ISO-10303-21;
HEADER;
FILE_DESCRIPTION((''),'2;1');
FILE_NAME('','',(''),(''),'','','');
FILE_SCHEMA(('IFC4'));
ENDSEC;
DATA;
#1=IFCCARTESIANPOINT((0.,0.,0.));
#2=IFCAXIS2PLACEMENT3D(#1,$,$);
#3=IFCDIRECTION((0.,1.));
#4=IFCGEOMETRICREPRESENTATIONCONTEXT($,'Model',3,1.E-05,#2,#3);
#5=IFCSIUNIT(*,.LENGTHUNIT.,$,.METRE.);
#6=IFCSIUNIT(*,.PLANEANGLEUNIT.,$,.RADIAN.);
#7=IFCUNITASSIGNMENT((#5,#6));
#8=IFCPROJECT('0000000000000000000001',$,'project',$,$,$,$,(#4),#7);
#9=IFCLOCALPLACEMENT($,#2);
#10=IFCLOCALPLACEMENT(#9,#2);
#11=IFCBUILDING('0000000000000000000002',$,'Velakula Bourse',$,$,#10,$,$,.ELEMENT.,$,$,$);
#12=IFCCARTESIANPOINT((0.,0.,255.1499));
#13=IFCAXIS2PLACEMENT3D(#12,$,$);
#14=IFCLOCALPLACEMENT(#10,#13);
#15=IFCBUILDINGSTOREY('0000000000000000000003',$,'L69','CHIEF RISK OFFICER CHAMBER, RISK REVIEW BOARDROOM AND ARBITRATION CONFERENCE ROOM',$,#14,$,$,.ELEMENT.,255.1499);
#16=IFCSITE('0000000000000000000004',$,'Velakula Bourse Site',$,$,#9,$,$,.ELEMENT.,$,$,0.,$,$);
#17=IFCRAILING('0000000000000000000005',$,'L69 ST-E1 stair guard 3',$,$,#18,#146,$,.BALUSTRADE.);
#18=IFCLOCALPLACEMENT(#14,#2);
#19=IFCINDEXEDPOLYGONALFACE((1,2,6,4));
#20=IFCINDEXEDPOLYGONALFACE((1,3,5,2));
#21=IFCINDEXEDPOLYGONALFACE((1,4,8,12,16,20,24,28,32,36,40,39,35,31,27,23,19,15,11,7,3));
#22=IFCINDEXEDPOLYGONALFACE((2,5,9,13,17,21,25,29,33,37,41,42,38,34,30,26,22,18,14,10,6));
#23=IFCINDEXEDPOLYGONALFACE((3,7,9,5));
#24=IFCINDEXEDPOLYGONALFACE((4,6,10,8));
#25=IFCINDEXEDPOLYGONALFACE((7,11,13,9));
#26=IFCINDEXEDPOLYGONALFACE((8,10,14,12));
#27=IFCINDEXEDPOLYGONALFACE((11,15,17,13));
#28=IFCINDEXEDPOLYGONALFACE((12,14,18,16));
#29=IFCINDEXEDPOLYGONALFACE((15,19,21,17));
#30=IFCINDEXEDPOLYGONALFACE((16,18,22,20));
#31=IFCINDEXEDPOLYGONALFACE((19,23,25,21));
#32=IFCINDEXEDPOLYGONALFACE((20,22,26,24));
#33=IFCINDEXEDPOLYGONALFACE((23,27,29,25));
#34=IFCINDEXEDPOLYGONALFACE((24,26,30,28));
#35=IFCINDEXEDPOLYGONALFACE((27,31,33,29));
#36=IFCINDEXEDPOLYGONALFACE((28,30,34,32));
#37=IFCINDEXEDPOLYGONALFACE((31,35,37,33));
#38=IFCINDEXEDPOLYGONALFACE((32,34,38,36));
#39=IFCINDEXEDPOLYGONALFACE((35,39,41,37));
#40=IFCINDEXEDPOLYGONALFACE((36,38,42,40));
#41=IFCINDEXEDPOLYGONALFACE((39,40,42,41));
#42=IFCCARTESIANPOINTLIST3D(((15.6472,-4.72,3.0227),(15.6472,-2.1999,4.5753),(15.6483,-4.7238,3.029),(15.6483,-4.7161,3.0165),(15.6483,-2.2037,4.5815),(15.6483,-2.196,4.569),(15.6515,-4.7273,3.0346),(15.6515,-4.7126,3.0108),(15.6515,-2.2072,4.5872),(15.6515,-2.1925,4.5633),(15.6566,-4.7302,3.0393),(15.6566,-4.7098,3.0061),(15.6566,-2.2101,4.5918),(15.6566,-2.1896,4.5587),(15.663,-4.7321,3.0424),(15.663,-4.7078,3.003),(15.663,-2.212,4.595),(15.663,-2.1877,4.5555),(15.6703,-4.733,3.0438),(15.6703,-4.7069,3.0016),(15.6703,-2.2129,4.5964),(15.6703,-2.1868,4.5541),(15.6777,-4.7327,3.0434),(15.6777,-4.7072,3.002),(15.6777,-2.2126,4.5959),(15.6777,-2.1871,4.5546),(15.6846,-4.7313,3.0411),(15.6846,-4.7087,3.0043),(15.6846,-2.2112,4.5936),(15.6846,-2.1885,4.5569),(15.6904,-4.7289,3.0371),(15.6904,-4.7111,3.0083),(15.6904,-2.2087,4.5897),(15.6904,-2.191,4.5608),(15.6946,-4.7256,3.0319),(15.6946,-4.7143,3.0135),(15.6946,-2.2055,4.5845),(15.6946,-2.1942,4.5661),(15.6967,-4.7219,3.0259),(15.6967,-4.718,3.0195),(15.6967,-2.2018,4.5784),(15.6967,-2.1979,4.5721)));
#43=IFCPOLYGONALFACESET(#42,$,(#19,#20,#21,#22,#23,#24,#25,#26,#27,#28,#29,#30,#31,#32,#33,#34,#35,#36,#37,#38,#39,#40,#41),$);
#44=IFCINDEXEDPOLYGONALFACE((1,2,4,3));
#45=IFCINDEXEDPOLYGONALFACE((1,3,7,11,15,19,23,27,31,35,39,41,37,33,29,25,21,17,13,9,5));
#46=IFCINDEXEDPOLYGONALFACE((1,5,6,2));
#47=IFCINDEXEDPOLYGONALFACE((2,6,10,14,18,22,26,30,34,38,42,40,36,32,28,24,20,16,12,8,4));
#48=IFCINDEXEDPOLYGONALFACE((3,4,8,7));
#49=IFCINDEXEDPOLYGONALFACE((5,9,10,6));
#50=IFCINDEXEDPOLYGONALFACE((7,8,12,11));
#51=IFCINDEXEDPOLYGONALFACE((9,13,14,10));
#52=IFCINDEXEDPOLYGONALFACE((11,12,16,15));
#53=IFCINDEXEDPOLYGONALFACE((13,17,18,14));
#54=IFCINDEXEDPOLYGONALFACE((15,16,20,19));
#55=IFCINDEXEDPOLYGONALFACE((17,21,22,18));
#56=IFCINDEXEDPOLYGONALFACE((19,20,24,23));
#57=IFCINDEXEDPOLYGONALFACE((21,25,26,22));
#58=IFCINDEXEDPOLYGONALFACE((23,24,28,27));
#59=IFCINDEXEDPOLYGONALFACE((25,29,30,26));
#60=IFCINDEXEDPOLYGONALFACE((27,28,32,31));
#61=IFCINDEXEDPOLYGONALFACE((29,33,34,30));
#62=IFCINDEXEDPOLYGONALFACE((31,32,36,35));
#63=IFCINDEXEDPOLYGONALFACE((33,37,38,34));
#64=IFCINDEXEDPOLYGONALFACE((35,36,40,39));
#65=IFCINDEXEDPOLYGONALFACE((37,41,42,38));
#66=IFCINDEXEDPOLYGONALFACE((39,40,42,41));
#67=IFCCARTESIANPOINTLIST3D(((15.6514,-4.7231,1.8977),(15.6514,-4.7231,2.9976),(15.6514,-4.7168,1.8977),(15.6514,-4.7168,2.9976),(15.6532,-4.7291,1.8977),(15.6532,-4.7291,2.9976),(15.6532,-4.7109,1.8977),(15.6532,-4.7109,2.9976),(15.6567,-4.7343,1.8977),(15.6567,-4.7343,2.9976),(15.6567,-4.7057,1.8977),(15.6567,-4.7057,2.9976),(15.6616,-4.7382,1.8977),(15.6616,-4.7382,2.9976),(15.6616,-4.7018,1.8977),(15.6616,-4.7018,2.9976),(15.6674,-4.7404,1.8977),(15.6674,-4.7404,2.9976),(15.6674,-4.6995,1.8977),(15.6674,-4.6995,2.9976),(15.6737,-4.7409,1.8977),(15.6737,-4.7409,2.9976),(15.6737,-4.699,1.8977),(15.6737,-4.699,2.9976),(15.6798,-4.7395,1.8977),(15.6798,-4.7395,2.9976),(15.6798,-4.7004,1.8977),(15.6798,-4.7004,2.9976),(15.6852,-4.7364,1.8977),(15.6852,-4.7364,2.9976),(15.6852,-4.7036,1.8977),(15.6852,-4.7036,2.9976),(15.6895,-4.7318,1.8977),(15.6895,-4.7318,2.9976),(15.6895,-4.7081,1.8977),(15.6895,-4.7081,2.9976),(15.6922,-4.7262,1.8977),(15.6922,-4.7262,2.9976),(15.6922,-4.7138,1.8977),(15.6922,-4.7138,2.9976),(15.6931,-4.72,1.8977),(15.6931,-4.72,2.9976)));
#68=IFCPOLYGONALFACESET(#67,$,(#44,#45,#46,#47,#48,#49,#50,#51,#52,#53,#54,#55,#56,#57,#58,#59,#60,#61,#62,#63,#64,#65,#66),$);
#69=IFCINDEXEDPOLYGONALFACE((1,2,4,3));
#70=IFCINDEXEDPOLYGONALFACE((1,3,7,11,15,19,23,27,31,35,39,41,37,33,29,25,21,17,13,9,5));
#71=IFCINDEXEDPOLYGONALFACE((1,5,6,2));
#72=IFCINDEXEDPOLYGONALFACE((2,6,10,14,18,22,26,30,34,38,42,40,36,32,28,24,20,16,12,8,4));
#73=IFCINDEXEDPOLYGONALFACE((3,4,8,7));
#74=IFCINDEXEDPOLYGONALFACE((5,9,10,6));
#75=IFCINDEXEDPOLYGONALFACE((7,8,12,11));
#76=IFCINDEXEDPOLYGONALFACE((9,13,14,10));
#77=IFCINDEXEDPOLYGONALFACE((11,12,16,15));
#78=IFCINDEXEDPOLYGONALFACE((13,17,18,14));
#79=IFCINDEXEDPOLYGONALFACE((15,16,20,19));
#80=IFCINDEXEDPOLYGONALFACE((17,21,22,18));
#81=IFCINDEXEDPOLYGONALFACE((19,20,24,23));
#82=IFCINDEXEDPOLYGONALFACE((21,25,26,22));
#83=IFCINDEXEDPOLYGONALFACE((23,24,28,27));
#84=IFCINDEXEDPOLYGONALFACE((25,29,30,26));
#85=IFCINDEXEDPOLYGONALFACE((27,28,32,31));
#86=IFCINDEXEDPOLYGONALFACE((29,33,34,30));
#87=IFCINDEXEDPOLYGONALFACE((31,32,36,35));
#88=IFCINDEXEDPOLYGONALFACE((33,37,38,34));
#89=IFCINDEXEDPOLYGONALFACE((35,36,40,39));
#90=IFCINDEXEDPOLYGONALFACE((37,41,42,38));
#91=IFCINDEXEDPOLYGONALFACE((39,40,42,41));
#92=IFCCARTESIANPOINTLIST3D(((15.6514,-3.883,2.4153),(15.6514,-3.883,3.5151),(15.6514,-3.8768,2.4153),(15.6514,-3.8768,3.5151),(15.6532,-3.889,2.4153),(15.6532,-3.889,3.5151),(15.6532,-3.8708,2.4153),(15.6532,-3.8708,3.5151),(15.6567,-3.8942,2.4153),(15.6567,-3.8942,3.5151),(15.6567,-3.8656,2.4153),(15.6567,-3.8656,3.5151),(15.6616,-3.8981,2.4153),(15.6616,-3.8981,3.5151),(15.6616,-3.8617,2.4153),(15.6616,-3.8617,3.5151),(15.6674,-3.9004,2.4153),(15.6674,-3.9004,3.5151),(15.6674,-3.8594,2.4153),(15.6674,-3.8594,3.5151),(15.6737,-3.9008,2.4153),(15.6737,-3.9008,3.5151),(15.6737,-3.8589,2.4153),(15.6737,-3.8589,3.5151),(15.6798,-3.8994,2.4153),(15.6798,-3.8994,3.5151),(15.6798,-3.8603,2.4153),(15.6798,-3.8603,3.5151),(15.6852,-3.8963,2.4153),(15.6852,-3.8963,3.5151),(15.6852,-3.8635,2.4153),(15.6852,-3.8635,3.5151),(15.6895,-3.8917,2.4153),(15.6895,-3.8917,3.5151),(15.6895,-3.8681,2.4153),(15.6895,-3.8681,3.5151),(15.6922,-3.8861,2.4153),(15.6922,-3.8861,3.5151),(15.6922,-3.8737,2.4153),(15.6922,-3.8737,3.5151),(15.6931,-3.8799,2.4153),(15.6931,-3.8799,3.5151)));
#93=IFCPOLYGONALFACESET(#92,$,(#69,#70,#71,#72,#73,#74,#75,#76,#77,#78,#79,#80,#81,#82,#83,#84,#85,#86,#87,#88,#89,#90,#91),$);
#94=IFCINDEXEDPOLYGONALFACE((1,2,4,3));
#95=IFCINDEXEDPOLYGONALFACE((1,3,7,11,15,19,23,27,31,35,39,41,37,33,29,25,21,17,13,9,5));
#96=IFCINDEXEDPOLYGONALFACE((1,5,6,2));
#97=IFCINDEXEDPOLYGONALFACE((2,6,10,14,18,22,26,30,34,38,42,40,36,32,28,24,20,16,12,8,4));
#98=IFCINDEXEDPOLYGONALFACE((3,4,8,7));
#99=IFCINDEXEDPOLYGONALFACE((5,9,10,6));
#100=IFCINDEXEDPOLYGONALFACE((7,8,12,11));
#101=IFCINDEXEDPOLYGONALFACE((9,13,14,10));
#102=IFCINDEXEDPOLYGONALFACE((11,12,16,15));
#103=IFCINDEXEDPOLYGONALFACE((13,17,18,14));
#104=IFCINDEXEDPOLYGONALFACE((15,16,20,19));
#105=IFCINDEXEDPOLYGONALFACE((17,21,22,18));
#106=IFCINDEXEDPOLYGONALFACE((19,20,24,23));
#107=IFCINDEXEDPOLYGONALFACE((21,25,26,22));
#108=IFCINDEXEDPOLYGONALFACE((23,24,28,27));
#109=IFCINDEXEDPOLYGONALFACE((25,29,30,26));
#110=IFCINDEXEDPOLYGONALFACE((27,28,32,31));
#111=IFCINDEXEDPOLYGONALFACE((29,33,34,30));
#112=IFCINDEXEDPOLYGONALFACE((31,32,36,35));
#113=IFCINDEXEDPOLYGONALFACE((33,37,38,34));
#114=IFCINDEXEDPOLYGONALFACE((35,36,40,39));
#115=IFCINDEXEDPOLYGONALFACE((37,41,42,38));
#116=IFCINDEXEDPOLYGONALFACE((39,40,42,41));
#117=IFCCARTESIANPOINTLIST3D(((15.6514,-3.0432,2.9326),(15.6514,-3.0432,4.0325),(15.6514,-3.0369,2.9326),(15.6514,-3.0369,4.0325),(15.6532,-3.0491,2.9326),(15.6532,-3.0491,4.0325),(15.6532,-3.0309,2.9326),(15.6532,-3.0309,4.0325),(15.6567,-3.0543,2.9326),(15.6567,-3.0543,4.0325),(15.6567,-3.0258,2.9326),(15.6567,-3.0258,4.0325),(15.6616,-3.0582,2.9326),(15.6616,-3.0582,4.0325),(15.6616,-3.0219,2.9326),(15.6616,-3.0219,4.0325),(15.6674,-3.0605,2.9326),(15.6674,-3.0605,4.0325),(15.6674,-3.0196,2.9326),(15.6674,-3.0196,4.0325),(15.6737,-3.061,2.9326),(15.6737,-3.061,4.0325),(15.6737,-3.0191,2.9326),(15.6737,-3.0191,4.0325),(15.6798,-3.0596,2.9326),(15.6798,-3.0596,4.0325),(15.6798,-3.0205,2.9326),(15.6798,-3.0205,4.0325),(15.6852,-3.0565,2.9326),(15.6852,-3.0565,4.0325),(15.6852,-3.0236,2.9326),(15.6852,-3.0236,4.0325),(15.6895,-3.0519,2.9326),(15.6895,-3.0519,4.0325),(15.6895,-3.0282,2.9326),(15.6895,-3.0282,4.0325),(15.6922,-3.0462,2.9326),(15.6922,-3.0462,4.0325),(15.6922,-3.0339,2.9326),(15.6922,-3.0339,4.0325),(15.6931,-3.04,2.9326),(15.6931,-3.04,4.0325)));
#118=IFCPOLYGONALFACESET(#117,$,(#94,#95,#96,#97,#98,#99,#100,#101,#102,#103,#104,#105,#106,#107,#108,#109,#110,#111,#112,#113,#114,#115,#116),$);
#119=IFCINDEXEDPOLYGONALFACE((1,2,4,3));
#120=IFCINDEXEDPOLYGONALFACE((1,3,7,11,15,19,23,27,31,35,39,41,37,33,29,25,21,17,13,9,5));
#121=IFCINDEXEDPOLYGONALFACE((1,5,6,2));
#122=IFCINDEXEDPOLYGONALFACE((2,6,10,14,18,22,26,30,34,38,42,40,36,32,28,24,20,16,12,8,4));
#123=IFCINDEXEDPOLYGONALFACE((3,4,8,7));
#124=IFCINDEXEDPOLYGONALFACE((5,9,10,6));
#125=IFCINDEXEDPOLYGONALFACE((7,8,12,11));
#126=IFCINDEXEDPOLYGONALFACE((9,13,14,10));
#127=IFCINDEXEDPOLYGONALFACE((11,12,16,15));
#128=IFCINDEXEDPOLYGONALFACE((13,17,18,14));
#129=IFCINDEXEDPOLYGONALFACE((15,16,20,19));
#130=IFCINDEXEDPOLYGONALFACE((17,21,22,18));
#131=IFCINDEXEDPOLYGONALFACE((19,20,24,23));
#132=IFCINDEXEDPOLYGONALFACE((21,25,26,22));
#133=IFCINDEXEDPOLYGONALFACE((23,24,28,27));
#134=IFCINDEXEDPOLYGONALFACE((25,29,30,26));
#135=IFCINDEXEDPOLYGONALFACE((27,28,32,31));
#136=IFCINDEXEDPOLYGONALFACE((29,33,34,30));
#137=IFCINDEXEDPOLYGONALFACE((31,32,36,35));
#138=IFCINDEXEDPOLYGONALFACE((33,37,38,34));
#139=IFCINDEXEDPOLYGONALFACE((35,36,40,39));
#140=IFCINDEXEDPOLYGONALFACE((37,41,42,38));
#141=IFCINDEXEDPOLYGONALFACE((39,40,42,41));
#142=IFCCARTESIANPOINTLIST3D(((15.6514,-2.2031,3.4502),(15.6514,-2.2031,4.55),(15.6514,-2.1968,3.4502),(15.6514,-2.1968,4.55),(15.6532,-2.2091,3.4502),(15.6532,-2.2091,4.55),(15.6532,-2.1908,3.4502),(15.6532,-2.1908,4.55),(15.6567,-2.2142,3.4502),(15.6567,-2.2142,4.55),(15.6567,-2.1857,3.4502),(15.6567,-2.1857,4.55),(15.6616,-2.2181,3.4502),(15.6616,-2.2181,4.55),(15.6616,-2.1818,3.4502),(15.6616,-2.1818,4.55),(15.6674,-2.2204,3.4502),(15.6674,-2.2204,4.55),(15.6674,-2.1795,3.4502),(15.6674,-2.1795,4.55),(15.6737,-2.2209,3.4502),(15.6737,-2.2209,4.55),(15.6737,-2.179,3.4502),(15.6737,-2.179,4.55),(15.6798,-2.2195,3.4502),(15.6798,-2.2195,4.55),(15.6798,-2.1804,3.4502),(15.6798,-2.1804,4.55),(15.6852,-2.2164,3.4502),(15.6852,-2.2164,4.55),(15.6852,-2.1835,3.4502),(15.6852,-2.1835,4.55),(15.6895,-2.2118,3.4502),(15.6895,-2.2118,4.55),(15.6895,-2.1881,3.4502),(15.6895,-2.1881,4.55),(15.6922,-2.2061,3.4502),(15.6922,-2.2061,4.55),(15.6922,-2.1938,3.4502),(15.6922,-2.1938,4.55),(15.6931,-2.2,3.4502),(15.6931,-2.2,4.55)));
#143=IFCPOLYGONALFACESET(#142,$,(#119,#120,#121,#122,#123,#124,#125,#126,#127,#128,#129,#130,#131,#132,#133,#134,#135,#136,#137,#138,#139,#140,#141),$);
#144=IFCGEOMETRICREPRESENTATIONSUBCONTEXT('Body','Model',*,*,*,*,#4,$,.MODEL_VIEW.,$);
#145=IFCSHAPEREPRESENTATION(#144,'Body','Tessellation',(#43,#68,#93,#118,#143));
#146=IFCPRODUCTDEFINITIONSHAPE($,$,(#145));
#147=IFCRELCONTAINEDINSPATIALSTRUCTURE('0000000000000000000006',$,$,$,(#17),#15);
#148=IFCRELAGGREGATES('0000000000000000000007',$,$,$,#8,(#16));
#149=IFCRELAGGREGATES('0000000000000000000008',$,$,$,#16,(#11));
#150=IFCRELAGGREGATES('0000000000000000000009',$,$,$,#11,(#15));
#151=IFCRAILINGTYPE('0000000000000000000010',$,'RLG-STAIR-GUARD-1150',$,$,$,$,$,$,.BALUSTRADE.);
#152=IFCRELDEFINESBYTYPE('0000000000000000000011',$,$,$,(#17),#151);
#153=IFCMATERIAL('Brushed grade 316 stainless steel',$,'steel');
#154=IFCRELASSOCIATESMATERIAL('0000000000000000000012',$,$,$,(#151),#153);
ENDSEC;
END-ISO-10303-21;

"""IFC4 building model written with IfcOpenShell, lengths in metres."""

from ifc_helpers import new_model, si_unit, direction, frame, origin, origin_2d, place, context, subcontext, project, spatial, circle, extrude, material, type_object, element, save


model = new_model("IFC4")

# Units and contexts
model_context = context("Model", 3, precision=1e-05, world=origin(), true_north=direction((0.0, 1.0)))
body_context = subcontext(model_context, "Body", "Model", "MODEL_VIEW")
ifc_project = project(units=[si_unit("LENGTHUNIT", "METRE"), si_unit("PLANEANGLEUNIT", "RADIAN")], contexts=[model_context])

# Site, building, storey
site_placement = place(None, origin())
site = spatial("IfcSite", under=ifc_project, at=site_placement, Name="Velakula Bourse Site", CompositionType="ELEMENT", RefElevation=0.0)
building_placement = place(site_placement, origin())
building = spatial("IfcBuilding", under=site, at=building_placement, Name="Velakula Bourse", CompositionType="ELEMENT")
storey_placement = place(building_placement, frame((0.0, 0.0, 255.1499)))
storey = spatial("IfcBuildingStorey", under=building, at=storey_placement, Name="L69", Description="CHIEF RISK OFFICER CHAMBER, RISK REVIEW BOARDROOM AND ARBITRATION CONFERENCE ROOM", CompositionType="ELEMENT", Elevation=255.1499)

# Shared definitions
ifc_material_1 = material(Name="Brushed grade 316 stainless steel", Category="steel")

# Railing
railing_type_1 = type_object("IfcRailingType", Name="RLG-STAIR-GUARD-1150", PredefinedType="BALUSTRADE", material=ifc_material_1)
railing_1_placement = place(storey_placement, frame((15.6721, -4.72, 1.8977)))
element("IfcRailing", 1, at=railing_1_placement, inside=storey, type_object=railing_type_1, Name="L69 ST-E1 stair guard 3", PredefinedType="BALUSTRADE", context=body_context, shape_type="SweptSolid", body=[
    extrude(circle(Radius=0.0249, at=origin_2d()), frame((0.0, 0.0, 1.125), z_axis=(0.0, 0.8514, 0.524516), x_axis=(-1.0, 0.0, 0.0)), (0.0, 0.0, 1.0), 2.96),
    extrude(circle(Radius=0.021, at=origin_2d()), origin(), (0.0, 0.0, 1.0), 1.0999),
    extrude(circle(Radius=0.021, at=origin_2d()), frame((0.0, 0.8401, 0.5176)), (0.0, 0.0, 1.0), 1.0999),
    extrude(circle(Radius=0.021, at=origin_2d()), frame((0.0, 1.6799, 1.0349)), (0.0, 0.0, 1.0), 1.0999),
    extrude(circle(Radius=0.021, at=origin_2d()), frame((0.0, 2.52, 1.5525)), (0.0, 0.0, 1.0), 1.0999),
])

save(model, "model.ifc")
